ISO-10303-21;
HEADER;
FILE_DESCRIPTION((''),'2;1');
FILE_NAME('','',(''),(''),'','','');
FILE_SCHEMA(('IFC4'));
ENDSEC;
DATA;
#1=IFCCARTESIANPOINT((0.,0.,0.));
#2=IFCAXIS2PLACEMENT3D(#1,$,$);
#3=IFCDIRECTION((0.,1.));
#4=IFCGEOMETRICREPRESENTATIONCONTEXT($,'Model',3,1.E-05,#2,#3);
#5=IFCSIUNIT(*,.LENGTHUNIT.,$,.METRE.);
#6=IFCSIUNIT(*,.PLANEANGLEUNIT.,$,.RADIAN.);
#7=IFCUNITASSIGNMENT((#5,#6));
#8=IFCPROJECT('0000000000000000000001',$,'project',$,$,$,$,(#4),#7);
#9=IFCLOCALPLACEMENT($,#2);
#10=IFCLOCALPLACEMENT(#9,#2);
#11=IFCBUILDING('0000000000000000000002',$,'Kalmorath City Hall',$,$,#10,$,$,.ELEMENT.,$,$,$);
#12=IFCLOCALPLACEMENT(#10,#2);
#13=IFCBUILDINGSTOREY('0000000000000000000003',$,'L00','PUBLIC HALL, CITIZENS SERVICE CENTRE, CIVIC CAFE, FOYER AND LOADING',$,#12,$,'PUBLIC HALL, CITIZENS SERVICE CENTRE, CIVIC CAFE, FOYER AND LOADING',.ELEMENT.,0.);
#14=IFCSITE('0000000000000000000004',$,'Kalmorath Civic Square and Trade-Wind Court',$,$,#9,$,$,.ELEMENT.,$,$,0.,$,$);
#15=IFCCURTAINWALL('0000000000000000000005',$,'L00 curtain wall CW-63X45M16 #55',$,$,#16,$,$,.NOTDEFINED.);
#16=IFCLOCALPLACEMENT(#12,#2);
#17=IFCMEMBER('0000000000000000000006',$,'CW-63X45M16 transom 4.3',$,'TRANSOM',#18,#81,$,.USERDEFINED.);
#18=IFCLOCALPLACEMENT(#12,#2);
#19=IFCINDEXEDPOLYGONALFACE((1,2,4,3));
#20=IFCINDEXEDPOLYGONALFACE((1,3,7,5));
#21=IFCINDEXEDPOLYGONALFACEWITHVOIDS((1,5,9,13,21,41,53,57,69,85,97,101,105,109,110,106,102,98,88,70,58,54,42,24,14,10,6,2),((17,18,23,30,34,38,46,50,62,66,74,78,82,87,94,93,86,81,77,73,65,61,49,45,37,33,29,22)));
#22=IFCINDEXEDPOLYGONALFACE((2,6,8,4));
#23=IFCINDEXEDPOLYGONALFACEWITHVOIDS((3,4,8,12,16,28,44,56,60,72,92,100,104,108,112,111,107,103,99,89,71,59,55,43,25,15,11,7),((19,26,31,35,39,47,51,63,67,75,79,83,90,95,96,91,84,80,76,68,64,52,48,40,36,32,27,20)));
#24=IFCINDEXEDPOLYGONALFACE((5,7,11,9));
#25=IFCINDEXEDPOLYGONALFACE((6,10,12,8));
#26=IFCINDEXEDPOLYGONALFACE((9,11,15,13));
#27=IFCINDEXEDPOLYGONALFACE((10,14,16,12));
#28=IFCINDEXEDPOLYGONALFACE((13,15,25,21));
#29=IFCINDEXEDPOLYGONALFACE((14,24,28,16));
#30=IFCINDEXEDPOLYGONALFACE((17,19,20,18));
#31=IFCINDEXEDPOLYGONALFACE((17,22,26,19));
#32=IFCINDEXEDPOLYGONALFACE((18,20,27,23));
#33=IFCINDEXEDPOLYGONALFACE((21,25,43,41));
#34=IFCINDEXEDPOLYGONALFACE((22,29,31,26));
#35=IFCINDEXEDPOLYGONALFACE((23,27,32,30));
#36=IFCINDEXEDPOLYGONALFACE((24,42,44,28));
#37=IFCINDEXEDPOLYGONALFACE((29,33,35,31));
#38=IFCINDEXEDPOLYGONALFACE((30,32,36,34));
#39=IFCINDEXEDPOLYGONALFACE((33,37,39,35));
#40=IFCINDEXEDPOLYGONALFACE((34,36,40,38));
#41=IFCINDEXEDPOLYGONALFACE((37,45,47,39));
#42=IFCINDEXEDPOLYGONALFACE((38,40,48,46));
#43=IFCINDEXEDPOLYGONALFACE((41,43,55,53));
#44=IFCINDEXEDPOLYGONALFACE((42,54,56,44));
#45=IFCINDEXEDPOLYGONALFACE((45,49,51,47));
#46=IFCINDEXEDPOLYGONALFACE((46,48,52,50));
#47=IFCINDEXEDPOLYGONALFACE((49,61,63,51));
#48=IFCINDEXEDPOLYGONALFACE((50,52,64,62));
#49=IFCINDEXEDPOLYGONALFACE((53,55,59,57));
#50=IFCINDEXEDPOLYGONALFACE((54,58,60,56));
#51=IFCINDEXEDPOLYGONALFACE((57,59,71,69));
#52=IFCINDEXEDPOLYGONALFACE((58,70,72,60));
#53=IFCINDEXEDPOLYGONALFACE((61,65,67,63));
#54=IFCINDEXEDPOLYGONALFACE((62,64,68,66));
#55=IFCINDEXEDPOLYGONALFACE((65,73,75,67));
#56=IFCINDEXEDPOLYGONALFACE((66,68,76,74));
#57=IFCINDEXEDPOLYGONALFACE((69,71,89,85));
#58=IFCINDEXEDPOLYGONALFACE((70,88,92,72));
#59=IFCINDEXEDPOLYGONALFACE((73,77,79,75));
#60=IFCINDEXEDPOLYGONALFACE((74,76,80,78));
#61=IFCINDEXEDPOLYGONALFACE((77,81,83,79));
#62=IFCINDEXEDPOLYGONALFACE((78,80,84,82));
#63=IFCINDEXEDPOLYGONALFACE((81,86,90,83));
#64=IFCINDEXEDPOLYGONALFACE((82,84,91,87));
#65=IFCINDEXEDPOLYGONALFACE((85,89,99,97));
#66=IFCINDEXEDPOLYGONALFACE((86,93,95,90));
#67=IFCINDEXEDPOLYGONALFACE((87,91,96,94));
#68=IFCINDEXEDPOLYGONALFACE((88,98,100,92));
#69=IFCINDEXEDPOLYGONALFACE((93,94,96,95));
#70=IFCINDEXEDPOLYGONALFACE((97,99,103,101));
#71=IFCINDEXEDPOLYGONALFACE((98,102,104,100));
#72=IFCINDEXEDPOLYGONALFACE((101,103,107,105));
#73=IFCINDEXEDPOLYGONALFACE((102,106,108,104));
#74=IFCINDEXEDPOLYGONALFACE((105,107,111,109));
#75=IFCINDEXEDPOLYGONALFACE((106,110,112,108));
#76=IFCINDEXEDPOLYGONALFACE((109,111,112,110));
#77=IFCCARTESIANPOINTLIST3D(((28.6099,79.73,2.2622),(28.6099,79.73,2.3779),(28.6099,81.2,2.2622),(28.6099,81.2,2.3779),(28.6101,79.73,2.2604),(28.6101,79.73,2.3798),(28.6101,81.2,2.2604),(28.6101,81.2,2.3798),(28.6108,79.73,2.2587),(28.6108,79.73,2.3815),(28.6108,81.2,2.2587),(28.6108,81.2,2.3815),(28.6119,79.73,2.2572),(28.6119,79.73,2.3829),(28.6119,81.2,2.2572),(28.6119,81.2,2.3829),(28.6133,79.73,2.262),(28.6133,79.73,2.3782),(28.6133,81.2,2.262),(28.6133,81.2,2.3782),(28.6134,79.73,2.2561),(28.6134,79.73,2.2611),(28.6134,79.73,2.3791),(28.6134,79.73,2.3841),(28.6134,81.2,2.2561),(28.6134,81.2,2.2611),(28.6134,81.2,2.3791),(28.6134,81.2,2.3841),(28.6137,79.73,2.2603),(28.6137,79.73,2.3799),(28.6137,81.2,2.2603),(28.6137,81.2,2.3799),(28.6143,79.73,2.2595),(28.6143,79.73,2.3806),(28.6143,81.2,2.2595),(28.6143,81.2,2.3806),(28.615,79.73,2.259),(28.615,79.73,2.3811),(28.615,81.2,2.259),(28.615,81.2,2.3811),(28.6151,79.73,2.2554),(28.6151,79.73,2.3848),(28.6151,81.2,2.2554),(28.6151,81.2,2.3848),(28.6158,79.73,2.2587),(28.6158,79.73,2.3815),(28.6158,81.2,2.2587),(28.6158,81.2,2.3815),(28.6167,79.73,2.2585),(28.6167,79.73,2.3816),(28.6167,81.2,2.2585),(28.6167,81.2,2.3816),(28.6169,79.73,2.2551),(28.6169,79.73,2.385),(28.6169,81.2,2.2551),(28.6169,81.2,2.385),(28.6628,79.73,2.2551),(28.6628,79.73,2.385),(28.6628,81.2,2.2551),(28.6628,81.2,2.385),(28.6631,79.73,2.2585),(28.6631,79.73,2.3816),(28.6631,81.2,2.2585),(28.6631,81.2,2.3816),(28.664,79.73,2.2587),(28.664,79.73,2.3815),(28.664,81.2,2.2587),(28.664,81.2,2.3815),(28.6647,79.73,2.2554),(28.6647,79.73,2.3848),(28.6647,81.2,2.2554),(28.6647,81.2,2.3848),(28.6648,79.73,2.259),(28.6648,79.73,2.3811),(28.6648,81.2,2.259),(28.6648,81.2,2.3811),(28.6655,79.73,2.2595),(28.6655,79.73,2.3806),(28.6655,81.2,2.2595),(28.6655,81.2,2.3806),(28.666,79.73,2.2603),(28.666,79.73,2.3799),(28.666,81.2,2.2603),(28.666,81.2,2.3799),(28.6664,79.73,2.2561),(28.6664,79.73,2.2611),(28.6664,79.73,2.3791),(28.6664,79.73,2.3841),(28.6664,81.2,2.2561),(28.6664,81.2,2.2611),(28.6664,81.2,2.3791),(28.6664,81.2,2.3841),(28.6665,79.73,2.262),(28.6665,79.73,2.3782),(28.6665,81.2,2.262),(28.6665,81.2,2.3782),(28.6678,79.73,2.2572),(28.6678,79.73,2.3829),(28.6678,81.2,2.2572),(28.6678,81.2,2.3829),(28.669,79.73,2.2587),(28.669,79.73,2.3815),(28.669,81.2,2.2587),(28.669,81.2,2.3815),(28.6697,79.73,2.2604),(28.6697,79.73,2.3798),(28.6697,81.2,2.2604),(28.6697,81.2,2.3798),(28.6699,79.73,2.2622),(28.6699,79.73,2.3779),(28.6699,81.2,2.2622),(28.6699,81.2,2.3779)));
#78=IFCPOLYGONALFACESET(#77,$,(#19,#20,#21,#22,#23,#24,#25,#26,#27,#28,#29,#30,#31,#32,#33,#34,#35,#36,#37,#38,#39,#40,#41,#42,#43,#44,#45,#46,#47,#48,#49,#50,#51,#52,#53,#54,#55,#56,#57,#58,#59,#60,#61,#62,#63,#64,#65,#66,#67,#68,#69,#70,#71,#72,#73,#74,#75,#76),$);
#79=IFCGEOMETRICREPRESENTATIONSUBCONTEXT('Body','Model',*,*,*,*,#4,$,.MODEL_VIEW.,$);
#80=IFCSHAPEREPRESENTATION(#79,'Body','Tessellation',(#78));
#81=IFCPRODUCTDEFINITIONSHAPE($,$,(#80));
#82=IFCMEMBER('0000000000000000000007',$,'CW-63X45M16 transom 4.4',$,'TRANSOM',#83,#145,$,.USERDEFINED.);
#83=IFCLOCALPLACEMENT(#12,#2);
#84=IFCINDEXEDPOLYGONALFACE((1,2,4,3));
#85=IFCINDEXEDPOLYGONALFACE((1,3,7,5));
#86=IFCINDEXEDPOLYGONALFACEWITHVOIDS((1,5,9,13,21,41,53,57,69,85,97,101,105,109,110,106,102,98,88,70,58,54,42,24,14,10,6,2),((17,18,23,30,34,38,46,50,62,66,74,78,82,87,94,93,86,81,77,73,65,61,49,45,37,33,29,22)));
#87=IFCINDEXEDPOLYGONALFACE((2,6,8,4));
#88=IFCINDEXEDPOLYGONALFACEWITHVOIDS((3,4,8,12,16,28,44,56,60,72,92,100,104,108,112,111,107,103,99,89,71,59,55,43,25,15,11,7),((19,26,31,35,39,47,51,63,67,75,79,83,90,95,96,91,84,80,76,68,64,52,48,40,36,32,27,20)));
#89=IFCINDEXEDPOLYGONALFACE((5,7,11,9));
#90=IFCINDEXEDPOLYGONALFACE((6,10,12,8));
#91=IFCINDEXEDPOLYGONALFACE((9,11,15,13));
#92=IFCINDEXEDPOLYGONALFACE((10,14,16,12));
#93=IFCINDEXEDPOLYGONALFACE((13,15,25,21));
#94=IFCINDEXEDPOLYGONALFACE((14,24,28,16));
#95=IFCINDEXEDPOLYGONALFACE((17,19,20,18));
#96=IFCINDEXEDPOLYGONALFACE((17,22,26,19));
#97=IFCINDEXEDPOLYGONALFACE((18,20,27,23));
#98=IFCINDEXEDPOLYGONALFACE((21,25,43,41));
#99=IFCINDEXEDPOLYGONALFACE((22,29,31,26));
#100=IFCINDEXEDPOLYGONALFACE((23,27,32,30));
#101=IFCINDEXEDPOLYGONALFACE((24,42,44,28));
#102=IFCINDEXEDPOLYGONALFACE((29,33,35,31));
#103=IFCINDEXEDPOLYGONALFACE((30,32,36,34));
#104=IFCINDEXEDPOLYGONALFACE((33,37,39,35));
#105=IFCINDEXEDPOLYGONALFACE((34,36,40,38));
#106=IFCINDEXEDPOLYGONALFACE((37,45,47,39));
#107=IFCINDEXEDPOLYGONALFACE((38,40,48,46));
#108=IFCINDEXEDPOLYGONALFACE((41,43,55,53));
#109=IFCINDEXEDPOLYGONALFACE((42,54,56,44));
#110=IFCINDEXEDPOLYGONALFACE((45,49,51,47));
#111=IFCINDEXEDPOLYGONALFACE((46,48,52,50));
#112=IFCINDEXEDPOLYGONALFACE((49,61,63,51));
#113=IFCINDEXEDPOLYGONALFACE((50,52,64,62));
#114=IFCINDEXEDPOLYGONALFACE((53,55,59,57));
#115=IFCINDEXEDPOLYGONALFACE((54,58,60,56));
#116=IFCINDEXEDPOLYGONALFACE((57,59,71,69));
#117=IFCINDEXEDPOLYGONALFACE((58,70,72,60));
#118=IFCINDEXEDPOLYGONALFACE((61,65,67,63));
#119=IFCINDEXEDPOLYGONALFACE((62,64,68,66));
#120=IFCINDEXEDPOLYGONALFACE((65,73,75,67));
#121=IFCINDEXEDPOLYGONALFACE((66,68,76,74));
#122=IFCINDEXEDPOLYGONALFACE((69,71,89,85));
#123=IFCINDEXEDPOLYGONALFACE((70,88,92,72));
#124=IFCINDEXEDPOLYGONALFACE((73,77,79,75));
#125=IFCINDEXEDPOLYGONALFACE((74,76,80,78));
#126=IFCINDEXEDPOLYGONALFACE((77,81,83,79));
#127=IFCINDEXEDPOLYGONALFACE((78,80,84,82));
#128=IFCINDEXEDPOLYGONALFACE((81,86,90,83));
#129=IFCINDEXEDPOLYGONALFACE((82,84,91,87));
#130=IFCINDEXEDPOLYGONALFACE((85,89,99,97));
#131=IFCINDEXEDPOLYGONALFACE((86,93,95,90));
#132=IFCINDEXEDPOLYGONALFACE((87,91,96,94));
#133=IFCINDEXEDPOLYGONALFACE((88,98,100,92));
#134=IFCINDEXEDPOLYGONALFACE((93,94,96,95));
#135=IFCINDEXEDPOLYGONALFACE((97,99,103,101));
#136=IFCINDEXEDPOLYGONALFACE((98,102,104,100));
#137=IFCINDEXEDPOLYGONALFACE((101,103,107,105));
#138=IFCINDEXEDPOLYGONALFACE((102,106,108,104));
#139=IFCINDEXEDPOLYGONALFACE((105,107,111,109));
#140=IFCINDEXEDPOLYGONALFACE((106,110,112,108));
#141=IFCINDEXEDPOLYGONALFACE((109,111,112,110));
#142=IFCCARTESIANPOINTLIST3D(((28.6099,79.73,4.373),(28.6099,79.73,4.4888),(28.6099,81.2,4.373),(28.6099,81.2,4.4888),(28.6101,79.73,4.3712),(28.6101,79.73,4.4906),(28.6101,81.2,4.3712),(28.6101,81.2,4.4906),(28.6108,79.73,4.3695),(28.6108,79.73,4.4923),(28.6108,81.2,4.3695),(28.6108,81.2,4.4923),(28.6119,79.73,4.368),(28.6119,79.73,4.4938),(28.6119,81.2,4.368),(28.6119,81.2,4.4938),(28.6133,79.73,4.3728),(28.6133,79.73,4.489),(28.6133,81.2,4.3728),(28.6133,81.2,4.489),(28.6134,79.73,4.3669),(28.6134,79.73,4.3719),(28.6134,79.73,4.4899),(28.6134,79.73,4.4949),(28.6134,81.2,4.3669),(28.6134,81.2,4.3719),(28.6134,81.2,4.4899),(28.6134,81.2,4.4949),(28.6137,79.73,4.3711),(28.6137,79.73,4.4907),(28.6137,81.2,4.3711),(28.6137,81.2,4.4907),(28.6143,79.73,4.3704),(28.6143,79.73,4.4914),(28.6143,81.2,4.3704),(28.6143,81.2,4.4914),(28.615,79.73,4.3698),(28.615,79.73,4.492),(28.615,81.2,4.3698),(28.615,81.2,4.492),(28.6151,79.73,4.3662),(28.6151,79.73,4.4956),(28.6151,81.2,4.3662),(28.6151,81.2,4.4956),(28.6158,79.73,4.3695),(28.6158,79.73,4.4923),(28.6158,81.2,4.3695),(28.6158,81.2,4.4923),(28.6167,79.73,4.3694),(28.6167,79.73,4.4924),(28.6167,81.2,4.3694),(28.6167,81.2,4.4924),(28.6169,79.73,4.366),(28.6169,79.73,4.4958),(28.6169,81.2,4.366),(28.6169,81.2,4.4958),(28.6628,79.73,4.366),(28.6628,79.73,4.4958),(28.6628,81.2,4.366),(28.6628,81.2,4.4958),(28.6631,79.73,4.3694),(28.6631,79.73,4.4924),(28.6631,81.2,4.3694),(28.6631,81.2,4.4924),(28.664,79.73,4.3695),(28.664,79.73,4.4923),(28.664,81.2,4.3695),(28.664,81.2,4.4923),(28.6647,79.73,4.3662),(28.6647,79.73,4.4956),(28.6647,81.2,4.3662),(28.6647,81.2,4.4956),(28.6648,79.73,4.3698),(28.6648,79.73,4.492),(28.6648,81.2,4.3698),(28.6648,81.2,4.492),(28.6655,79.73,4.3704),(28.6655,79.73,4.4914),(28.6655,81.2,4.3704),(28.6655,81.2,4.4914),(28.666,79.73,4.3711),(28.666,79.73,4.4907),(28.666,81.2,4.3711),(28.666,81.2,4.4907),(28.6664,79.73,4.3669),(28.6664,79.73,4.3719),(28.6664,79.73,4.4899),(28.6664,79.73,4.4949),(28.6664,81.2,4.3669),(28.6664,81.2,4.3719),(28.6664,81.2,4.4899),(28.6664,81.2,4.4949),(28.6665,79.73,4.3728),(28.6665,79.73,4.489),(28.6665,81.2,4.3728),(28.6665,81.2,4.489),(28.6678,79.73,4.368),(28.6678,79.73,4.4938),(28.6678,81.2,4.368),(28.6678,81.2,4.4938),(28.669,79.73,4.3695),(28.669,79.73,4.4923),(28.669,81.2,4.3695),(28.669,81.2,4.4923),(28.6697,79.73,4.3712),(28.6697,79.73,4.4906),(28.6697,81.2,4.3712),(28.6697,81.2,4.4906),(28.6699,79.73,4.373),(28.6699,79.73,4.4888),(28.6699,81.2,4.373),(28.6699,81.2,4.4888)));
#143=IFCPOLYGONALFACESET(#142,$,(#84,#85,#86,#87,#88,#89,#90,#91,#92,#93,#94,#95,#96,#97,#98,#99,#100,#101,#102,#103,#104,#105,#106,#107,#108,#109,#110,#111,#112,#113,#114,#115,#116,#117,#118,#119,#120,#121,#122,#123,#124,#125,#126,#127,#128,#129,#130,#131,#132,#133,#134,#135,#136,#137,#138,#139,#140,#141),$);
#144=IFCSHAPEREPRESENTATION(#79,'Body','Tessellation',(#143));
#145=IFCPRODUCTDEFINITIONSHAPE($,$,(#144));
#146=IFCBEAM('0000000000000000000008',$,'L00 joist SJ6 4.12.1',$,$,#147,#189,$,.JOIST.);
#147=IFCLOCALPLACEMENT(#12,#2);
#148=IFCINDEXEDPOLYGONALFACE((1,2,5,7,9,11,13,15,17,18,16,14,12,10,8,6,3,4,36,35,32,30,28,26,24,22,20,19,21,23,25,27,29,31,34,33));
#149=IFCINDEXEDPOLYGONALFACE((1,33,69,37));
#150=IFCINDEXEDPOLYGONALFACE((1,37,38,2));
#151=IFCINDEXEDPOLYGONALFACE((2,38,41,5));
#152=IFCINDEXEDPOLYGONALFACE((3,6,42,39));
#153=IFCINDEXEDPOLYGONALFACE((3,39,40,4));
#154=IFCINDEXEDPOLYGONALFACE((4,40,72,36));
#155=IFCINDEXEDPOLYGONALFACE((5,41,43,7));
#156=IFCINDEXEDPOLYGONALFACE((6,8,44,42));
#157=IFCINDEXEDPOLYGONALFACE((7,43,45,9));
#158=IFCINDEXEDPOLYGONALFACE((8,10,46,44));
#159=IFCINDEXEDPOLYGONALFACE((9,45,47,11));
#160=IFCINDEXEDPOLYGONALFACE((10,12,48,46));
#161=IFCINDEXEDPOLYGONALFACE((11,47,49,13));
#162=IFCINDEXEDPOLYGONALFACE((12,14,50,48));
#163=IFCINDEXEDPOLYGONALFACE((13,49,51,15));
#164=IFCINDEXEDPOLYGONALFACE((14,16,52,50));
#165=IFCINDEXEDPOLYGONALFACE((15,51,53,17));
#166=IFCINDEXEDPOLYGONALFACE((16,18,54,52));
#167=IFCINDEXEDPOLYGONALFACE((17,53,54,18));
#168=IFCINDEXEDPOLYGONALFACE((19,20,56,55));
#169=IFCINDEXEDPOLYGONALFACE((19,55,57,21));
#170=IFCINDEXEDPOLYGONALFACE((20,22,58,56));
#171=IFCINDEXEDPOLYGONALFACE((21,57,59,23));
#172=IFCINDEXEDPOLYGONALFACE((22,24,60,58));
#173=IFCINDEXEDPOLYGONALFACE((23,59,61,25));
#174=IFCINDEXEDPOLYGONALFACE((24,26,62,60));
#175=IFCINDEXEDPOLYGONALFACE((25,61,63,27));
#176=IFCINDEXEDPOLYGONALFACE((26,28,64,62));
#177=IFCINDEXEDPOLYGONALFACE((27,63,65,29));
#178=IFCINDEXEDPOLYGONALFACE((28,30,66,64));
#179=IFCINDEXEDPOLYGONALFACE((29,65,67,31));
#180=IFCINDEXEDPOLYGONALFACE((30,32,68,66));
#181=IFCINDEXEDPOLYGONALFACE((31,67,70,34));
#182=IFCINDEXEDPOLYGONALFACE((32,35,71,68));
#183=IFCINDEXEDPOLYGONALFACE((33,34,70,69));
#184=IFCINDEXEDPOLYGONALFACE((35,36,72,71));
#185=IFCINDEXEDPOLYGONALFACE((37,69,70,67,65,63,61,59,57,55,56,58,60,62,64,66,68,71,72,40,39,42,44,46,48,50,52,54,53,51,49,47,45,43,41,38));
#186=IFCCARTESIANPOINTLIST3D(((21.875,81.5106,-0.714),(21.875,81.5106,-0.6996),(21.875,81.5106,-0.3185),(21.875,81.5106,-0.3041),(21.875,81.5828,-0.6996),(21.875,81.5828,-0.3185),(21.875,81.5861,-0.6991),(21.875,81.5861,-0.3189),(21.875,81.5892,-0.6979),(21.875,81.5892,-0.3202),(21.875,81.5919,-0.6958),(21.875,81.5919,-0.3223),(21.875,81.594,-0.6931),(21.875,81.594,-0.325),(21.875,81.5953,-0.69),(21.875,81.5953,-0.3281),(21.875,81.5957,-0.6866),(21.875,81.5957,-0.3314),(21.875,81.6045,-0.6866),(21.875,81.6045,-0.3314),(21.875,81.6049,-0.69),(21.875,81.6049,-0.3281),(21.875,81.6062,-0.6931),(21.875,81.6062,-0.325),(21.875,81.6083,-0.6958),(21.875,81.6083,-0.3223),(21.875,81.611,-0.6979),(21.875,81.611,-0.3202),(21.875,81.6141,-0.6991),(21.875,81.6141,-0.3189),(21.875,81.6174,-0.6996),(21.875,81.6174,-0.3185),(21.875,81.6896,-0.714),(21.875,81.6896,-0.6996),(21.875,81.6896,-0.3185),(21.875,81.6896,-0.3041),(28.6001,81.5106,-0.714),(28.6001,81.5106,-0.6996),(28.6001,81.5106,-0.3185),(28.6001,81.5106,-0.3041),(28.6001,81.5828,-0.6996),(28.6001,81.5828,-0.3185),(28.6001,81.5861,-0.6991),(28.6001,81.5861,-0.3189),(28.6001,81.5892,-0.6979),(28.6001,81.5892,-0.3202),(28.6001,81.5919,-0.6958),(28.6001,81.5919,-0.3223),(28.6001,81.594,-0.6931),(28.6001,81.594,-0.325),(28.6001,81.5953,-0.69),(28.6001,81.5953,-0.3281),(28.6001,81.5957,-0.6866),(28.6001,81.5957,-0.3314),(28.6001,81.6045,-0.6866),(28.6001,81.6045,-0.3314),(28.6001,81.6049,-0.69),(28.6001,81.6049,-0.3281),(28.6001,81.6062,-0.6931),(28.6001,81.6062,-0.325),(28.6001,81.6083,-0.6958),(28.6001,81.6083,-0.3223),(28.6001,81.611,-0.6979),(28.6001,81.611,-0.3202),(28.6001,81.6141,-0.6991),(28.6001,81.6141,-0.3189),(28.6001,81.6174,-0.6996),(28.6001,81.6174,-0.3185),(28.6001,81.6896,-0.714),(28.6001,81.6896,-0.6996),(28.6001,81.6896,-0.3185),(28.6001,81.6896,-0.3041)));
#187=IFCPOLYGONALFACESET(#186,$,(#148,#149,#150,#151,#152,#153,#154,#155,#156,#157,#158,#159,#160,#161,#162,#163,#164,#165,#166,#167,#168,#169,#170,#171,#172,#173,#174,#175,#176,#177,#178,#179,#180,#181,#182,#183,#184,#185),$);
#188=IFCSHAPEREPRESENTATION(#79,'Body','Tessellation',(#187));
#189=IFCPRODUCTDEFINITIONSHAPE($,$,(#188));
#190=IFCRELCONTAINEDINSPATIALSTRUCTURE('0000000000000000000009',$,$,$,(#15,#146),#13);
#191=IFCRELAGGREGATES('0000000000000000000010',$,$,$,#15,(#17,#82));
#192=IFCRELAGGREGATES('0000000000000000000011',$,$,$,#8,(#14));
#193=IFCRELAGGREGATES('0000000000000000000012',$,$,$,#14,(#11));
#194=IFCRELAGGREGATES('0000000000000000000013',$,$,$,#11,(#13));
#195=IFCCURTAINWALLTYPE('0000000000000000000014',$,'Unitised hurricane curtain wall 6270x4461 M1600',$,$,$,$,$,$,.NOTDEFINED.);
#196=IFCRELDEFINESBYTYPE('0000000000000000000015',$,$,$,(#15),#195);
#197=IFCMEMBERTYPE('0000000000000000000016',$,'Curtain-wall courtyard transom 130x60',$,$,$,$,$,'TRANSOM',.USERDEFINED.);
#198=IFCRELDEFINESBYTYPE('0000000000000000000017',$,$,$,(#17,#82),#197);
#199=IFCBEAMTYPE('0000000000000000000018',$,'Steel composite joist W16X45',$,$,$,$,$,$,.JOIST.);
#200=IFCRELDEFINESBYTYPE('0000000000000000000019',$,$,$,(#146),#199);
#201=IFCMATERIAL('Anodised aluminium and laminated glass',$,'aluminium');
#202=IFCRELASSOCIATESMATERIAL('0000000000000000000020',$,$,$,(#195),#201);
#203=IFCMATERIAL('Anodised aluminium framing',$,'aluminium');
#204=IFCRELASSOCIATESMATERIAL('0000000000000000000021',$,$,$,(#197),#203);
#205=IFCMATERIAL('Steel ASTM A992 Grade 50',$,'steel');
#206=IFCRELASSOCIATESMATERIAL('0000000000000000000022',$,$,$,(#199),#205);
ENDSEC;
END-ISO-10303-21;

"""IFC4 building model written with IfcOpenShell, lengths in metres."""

from ifc_helpers import new_model, si_unit, direction, frame, origin, origin_2d, place, context, subcontext, project, spatial, hollow_rectangle, i_section, extrude, material, material_profile, profile_set, type_object, element, aggregate, save


model = new_model("IFC4")

# Units and contexts
model_context = context("Model", 3, precision=1e-05, world=origin(), true_north=direction((0.0, 1.0)))
body_context = subcontext(model_context, "Body", "Model", "MODEL_VIEW")
ifc_project = project(units=[si_unit("LENGTHUNIT", "METRE"), si_unit("PLANEANGLEUNIT", "RADIAN")], contexts=[model_context])

# Site, building, storey
site_placement = place(None, origin())
site = spatial("IfcSite", under=ifc_project, at=site_placement, Name="Kalmorath Civic Square and Trade-Wind Court", CompositionType="ELEMENT", RefElevation=0.0)
building_placement = place(site_placement, origin())
building = spatial("IfcBuilding", under=site, at=building_placement, Name="Kalmorath City Hall", CompositionType="ELEMENT")
storey_placement = place(building_placement, origin())
storey = spatial("IfcBuildingStorey", under=building, at=storey_placement, Name="L00", Description="PUBLIC HALL, CITIZENS SERVICE CENTRE, CIVIC CAFE, FOYER AND LOADING", LongName="PUBLIC HALL, CITIZENS SERVICE CENTRE, CIVIC CAFE, FOYER AND LOADING", CompositionType="ELEMENT", Elevation=0.0)

# Curtain wall, members
ifc_material_1 = material(Name="Anodised aluminium and laminated glass", Category="aluminium")
curtain_wall_type = type_object("IfcCurtainWallType", Name="Unitised hurricane curtain wall 6270x4461 M1600", PredefinedType="NOTDEFINED", material=ifc_material_1)
curtain_wall_placement = place(storey_placement, origin())
curtain_wall = element("IfcCurtainWall", 1, at=curtain_wall_placement, inside=storey, type_object=curtain_wall_type, Name="L00 curtain wall CW-63X45M16 #55", PredefinedType="NOTDEFINED")
ifc_material_2 = material(Name="Anodised aluminium framing", Category="aluminium")
ifc_material_profile_1 = material_profile(ifc_material_2, hollow_rectangle(XDim=0.0601, YDim=0.1299, WallThickness=0.0034, InnerFilletRadius=0.0034, OuterFilletRadius=0.0071, at=origin_2d()), Name="ALU-TRN-130X60X3.5")
ifc_profile_set_1 = profile_set([ifc_material_profile_1], Name="Anodised aluminium framing")
member_type_1 = type_object("IfcMemberType", Name="Curtain-wall courtyard transom 130x60", ElementType="TRANSOM", PredefinedType="USERDEFINED", material=ifc_profile_set_1)
member_1_placement = place(storey_placement, frame((28.6399, 81.2, 2.3201), z_axis=(0.0, -1.0, 0.0), x_axis=(1.0, 0.0, 0.0)))
member_1 = element("IfcMember", 2, at=member_1_placement, type_object=member_type_1, Name="CW-63X45M16 transom 4.3", ObjectType="TRANSOM", PredefinedType="USERDEFINED", context=body_context, shape_type="SweptSolid", body=[
    extrude(hollow_rectangle(XDim=0.0601, YDim=0.1299, WallThickness=0.0034, InnerFilletRadius=0.0034, OuterFilletRadius=0.0071, at=origin_2d()), origin(), (0.0, 0.0, 1.0), 1.47),
])
member_2_placement = place(storey_placement, frame((28.6399, 81.2, 4.4309), z_axis=(0.0, -1.0, 0.0), x_axis=(1.0, 0.0, 0.0)))
member_2 = element("IfcMember", 3, at=member_2_placement, type_object=member_type_1, Name="CW-63X45M16 transom 4.4", ObjectType="TRANSOM", PredefinedType="USERDEFINED", context=body_context, shape_type="SweptSolid", body=[
    extrude(hollow_rectangle(XDim=0.0601, YDim=0.1299, WallThickness=0.0034, InnerFilletRadius=0.0034, OuterFilletRadius=0.0071, at=origin_2d()), origin(), (0.0, 0.0, 1.0), 1.47),
])

# Beam
ifc_material_3 = material(Name="Steel ASTM A992 Grade 50", Category="steel")
ifc_material_profile_2 = material_profile(ifc_material_3, i_section(OverallWidth=0.179, OverallDepth=0.4099, WebThickness=0.0088, FlangeThickness=0.0144, FilletRadius=0.0129, at=origin_2d()), Name="W16X45")
ifc_profile_set_2 = profile_set([ifc_material_profile_2], Name="Steel ASTM A992 Grade 50")
beam_type_1 = type_object("IfcBeamType", Name="Steel composite joist W16X45", PredefinedType="JOIST", material=ifc_profile_set_2)
beam_1_placement = place(storey_placement, frame((21.875, 81.6001, -0.509), z_axis=(1.0, 0.0, 0.0), x_axis=(0.0, 1.0, 0.0)))
element("IfcBeam", 4, at=beam_1_placement, inside=storey, type_object=beam_type_1, Name="L00 joist SJ6 4.12.1", PredefinedType="JOIST", context=body_context, shape_type="SweptSolid", body=[
    extrude(i_section(OverallWidth=0.179, OverallDepth=0.4099, WebThickness=0.0088, FlangeThickness=0.0144, FilletRadius=0.0129, at=origin_2d()), origin(), (0.0, 0.0, 1.0), 6.7251),
])

aggregate(curtain_wall, [member_1, member_2])

save(model, "model.ifc")
